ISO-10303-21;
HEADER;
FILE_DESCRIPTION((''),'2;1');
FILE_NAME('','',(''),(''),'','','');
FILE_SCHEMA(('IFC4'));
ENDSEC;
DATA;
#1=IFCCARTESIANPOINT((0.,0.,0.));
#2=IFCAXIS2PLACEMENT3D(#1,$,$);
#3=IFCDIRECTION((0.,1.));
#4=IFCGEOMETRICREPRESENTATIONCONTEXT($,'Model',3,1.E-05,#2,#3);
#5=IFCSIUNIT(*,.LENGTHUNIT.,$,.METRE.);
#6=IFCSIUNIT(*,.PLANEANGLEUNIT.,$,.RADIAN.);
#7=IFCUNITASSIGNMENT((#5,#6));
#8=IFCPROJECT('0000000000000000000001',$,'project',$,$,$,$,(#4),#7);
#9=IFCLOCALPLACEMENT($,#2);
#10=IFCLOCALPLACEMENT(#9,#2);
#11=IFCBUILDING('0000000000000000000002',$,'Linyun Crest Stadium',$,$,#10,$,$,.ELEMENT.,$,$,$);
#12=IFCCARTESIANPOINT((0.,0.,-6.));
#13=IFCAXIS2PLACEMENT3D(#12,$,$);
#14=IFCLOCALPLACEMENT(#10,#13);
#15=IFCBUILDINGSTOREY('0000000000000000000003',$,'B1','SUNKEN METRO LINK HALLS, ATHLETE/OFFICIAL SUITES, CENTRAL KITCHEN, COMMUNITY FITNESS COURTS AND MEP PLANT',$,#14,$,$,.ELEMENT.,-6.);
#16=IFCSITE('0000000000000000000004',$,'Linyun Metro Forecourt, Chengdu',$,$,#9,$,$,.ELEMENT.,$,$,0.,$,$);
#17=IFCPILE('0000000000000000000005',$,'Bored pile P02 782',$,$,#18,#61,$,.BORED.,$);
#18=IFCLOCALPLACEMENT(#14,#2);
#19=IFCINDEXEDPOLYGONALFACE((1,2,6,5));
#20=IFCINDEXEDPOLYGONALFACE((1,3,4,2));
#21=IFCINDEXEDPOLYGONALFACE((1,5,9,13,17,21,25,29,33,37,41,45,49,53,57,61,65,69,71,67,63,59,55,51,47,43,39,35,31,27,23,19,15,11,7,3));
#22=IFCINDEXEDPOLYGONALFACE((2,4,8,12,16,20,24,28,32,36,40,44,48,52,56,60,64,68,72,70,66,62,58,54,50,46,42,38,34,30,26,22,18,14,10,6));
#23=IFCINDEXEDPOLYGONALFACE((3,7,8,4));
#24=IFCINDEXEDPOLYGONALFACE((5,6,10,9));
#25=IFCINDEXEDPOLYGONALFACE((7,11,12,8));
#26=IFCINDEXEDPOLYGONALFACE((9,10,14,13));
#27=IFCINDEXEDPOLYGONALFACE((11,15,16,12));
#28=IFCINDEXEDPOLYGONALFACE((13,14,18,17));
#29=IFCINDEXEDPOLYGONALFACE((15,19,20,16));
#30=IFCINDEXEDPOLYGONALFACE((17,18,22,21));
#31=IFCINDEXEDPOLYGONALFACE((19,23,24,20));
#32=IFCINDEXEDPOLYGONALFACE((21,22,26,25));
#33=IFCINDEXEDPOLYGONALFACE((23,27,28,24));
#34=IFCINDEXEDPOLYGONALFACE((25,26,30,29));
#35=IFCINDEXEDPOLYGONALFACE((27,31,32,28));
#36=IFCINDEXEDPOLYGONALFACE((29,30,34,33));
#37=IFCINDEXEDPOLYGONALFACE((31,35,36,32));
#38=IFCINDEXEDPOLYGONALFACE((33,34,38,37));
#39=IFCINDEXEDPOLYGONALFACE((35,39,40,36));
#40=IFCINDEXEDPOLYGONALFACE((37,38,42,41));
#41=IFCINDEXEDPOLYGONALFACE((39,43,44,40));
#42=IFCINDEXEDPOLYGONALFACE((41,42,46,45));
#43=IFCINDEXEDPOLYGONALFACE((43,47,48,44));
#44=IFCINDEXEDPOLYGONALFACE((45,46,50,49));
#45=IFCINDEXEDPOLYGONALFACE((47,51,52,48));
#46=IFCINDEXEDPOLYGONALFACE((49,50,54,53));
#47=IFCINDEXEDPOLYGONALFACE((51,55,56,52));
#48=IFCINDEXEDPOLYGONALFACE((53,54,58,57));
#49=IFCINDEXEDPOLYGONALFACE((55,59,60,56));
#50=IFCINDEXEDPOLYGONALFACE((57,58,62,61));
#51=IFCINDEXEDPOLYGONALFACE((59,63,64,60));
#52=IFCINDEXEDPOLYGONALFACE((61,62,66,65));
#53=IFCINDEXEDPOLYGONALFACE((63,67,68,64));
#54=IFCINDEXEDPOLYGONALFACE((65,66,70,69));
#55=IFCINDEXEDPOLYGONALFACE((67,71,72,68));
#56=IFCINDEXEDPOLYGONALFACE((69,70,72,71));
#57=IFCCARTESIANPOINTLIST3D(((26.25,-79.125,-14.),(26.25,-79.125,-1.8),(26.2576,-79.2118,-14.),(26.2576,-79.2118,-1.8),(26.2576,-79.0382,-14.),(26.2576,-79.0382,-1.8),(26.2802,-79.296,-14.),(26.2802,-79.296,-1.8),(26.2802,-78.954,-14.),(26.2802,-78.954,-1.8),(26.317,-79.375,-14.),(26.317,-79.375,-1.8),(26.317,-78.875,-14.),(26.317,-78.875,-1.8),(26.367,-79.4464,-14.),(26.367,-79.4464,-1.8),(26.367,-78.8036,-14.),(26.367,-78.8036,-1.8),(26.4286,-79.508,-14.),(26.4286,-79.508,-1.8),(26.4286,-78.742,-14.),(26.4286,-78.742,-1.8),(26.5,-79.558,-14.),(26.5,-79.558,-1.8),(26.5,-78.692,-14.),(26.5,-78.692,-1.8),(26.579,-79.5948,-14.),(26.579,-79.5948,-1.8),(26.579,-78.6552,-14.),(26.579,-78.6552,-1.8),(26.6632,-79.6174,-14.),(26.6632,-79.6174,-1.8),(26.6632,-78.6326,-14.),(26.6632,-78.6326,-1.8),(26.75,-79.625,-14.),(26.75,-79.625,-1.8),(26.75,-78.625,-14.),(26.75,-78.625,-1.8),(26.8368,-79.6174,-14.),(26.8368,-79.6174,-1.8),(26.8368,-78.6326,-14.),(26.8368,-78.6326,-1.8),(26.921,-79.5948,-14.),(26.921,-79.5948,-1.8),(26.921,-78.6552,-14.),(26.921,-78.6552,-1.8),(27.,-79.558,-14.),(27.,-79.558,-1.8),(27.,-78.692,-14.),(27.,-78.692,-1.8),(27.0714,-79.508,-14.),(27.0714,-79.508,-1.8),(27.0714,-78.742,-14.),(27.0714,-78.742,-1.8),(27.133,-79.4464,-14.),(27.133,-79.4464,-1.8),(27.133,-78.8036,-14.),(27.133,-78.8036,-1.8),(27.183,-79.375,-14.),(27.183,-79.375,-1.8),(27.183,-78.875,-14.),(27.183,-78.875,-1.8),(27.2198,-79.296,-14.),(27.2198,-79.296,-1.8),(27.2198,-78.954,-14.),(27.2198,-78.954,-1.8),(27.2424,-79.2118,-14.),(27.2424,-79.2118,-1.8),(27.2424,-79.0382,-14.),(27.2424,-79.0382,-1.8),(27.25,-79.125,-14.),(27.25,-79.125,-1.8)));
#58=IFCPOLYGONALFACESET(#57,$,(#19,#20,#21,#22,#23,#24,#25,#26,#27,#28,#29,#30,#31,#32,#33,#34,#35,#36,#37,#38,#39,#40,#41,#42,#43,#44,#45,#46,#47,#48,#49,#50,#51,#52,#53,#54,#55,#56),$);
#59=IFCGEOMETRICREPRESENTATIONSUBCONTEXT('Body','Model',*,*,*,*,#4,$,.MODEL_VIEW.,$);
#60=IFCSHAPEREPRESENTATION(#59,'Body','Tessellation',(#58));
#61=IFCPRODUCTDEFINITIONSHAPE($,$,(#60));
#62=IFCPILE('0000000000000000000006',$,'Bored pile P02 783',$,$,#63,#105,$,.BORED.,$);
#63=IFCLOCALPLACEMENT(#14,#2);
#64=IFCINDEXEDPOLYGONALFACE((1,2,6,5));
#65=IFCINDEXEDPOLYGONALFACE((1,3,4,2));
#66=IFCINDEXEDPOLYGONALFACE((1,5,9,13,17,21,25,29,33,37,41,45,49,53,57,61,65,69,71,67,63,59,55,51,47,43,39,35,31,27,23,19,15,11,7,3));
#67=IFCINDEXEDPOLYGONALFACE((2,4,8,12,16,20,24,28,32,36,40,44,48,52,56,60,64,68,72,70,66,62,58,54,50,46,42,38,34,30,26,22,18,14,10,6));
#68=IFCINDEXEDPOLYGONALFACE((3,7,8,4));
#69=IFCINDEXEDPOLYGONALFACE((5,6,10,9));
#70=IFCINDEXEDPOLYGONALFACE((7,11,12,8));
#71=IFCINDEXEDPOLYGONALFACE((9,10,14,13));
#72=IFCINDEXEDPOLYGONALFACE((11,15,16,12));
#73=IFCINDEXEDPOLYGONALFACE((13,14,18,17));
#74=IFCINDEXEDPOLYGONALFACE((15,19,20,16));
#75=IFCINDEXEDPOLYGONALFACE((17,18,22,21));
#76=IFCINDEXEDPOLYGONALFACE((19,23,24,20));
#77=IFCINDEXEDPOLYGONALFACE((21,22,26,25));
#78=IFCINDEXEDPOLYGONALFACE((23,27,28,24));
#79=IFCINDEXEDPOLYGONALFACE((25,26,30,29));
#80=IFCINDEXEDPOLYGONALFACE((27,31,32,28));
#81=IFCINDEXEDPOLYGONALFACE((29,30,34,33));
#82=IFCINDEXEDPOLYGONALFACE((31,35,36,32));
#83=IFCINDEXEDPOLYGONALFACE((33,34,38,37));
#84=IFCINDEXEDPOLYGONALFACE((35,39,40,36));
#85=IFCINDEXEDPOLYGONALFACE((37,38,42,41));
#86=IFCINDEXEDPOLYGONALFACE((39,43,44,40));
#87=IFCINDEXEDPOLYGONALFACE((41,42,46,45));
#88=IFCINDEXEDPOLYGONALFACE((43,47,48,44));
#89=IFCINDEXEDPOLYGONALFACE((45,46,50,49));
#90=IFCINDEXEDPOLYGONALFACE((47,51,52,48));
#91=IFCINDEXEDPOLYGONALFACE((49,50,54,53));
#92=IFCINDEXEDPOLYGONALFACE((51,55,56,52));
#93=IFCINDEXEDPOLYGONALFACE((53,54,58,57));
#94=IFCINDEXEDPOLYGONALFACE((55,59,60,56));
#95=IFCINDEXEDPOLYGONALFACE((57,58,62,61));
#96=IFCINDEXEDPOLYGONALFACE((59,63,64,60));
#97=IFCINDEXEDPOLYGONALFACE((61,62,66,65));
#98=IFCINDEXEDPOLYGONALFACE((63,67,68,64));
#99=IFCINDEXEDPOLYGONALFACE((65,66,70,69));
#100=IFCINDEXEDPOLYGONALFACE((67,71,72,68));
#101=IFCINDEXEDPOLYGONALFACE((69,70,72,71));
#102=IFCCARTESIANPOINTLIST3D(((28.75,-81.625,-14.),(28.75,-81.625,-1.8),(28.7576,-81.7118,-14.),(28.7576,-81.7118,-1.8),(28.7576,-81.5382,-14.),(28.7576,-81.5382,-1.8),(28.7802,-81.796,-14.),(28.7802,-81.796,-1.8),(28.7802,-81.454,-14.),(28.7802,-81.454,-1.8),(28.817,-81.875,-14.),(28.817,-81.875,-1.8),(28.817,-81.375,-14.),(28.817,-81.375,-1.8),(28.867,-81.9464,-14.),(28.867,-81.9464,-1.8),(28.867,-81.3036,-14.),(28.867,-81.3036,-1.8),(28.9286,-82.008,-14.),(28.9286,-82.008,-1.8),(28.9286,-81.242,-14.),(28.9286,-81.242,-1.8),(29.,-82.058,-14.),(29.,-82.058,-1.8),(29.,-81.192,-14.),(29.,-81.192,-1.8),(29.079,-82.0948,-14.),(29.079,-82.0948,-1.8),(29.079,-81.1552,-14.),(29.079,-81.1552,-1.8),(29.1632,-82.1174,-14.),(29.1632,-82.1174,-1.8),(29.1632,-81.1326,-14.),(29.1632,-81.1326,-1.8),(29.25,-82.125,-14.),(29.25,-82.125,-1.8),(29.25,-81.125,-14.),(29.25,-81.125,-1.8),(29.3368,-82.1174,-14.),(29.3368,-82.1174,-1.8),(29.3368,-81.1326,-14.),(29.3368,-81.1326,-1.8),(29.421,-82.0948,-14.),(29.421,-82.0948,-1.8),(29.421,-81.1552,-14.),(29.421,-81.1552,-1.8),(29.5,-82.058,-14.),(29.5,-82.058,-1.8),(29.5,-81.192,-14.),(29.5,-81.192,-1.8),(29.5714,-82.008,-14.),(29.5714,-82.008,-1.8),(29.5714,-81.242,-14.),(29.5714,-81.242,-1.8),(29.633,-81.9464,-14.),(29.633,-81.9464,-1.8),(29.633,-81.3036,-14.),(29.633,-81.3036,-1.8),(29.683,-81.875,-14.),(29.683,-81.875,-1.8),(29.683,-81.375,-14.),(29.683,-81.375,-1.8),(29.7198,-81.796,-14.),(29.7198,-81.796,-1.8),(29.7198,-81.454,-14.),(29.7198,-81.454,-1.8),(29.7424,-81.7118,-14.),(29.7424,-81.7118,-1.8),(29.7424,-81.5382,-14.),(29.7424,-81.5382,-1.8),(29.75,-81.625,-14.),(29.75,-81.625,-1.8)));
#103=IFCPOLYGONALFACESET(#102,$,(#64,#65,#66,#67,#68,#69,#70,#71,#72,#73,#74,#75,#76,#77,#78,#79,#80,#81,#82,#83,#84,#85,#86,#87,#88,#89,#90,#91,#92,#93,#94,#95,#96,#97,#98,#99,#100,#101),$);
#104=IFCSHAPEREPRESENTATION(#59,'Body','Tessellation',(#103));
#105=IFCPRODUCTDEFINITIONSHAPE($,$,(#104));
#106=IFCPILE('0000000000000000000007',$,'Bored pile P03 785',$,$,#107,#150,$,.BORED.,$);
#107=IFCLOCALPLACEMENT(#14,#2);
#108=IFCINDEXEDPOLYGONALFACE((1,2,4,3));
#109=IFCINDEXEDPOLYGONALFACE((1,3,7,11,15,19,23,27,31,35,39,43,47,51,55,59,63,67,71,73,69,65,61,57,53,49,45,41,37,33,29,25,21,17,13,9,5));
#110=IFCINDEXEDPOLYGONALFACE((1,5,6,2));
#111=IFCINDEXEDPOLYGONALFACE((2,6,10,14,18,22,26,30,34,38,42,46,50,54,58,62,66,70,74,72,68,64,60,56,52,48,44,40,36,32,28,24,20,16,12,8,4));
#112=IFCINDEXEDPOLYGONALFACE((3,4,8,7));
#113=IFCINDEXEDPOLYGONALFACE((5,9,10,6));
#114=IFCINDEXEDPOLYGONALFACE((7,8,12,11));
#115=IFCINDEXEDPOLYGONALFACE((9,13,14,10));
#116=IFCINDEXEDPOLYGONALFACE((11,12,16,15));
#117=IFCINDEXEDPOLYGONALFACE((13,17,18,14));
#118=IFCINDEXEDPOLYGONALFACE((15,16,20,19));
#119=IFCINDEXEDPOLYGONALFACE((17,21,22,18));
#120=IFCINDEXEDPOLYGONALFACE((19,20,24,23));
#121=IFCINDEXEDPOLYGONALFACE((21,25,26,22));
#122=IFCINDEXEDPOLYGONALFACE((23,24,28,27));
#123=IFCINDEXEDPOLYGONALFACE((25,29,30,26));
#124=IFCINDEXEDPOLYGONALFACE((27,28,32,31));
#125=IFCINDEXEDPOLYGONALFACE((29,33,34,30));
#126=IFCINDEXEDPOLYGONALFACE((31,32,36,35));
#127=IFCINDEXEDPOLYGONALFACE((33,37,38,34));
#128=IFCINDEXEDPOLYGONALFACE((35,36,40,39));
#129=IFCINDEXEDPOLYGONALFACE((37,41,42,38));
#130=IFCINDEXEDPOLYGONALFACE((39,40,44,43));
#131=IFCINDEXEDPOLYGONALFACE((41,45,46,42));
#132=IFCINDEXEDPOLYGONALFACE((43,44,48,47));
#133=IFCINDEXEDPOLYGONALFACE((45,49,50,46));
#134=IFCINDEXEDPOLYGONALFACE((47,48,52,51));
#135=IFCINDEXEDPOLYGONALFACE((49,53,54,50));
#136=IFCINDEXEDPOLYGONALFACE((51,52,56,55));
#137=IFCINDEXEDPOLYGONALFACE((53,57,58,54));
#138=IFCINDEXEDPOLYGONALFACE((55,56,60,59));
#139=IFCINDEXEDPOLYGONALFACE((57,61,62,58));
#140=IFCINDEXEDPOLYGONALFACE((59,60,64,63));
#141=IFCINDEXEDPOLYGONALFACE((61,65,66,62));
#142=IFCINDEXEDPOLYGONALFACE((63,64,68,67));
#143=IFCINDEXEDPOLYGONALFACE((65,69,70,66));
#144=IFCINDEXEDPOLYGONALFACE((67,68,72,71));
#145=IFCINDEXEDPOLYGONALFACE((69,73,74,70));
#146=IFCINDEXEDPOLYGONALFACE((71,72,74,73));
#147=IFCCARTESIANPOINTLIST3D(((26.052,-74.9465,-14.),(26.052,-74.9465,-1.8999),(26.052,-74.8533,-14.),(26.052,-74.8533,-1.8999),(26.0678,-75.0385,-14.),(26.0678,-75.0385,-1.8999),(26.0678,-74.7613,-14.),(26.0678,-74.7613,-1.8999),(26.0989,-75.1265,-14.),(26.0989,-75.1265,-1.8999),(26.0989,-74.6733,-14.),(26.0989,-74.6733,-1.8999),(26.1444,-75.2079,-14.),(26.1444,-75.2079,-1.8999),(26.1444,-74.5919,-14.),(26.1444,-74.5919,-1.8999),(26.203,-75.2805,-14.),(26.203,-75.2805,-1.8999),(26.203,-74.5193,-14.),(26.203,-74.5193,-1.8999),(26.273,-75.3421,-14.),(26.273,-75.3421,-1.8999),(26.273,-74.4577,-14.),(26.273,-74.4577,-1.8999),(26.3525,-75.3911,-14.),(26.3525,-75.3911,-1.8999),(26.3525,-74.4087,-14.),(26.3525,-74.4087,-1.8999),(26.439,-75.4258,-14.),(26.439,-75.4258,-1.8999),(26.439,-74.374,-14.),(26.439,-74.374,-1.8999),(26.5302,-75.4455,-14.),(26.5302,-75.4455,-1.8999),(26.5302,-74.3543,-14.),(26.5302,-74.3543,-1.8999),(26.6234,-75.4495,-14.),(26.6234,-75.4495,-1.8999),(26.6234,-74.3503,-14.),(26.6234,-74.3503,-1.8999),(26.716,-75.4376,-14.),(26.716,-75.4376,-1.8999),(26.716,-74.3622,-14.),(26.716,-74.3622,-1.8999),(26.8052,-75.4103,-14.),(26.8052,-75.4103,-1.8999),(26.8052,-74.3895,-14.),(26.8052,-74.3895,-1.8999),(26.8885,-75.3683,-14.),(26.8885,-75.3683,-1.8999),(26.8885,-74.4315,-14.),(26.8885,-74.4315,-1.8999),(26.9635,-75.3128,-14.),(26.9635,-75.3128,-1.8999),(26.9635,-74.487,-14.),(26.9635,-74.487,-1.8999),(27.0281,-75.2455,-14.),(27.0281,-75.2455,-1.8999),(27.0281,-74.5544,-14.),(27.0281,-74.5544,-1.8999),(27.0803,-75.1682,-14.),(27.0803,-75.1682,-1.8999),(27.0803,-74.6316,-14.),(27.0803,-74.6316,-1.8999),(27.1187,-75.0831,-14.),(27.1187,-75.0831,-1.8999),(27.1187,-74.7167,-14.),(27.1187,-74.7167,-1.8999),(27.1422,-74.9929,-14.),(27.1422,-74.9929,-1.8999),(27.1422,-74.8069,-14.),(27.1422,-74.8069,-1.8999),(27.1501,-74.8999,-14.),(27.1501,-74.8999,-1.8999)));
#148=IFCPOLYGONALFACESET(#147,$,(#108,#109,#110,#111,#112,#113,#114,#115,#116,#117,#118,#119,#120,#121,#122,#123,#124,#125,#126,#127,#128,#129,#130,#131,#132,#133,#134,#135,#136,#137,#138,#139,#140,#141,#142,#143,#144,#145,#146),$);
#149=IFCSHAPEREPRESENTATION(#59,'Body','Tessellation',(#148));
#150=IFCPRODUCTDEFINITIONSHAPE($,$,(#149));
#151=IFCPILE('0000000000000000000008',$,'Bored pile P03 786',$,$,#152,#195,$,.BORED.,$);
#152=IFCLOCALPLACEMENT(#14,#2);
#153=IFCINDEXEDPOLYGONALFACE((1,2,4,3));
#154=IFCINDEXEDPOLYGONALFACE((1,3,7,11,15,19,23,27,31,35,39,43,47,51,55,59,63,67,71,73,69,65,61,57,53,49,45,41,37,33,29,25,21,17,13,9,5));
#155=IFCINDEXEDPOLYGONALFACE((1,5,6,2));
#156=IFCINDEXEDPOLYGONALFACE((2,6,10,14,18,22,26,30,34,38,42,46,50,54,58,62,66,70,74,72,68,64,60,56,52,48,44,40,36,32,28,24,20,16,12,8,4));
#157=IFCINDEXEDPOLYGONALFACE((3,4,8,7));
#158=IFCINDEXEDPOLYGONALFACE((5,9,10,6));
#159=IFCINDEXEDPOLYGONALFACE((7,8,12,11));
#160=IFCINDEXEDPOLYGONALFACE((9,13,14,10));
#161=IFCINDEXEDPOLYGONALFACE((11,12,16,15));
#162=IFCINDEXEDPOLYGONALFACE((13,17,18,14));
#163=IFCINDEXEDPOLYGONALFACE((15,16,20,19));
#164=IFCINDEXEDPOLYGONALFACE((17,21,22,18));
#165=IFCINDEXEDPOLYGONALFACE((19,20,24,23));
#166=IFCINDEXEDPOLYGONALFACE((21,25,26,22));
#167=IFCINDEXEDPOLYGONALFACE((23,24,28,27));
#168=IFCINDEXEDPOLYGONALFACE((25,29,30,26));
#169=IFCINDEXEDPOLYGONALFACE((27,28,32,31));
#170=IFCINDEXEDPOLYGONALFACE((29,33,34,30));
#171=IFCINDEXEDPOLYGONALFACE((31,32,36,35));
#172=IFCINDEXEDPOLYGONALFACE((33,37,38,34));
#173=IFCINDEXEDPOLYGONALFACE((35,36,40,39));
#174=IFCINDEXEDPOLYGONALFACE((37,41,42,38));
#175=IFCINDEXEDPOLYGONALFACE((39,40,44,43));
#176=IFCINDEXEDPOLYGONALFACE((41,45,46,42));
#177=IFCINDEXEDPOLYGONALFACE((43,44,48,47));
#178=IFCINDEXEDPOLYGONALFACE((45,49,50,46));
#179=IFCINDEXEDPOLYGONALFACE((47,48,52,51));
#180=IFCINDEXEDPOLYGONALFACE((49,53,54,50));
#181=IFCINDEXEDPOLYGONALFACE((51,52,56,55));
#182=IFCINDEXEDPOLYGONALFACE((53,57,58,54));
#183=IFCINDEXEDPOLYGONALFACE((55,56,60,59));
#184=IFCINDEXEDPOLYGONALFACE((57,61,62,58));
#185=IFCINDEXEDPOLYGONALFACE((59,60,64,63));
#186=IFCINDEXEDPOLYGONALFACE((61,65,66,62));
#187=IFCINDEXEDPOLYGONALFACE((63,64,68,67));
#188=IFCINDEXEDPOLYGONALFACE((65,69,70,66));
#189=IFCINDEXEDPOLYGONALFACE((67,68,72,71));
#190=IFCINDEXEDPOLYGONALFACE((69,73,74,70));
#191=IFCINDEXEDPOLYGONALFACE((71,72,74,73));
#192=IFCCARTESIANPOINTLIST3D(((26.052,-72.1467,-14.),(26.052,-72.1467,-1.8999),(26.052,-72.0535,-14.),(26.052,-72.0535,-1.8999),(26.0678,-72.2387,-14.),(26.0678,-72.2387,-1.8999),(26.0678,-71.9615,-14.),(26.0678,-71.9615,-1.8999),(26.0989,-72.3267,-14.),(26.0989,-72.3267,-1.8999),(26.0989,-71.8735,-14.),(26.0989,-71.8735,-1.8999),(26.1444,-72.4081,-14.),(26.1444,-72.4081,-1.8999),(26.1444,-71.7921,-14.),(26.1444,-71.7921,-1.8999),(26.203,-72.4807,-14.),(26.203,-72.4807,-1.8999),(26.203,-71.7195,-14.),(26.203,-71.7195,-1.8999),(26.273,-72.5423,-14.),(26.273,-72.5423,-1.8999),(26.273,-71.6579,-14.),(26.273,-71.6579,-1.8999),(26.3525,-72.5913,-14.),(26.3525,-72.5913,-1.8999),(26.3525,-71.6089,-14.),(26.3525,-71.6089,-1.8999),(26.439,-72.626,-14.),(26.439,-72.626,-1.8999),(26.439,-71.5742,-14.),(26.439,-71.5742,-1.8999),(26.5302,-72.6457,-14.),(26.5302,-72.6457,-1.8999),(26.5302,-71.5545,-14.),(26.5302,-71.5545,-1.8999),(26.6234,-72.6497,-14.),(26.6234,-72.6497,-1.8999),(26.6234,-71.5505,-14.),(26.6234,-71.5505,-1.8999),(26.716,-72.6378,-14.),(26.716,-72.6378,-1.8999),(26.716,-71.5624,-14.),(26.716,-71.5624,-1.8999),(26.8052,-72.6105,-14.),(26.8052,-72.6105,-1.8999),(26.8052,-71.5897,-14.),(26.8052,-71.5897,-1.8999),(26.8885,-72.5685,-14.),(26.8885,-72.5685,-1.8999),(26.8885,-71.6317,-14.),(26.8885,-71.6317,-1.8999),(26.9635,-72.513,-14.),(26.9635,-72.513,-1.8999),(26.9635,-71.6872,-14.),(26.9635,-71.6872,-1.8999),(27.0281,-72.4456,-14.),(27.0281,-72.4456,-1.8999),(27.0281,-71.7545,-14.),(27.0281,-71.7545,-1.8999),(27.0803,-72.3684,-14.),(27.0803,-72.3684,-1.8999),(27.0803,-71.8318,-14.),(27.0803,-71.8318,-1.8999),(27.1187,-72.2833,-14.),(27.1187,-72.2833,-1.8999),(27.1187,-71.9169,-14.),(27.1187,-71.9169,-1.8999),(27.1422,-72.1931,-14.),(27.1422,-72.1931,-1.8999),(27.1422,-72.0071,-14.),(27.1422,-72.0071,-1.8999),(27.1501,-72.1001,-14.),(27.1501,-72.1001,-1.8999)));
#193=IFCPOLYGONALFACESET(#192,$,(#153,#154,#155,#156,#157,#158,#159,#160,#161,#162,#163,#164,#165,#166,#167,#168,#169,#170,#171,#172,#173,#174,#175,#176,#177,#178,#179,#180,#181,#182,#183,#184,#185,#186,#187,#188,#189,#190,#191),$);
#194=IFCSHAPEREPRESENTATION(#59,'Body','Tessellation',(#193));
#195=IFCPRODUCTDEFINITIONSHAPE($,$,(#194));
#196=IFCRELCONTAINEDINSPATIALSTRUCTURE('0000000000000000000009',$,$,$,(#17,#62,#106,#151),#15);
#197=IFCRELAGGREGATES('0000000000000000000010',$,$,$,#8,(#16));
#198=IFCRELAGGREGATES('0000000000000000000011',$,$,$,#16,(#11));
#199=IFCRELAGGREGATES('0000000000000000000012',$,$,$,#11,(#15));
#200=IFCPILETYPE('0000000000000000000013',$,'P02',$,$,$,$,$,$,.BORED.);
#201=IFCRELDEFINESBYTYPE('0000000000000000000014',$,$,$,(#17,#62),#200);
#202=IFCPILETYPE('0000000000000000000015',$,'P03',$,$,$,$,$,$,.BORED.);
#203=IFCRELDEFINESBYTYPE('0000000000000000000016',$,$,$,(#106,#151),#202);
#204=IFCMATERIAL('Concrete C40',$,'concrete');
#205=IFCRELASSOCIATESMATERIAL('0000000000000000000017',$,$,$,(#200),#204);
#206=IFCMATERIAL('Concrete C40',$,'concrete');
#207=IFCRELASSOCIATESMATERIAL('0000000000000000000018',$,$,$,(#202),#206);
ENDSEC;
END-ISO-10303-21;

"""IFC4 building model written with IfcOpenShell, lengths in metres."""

from ifc_helpers import new_model, si_unit, direction, frame, origin, origin_2d, place, context, subcontext, project, spatial, circle, extrude, material, material_profile, profile_set, type_object, element, save


model = new_model("IFC4")

# Units and contexts
model_context = context("Model", 3, precision=1e-05, world=origin(), true_north=direction((0.0, 1.0)))
body_context = subcontext(model_context, "Body", "Model", "MODEL_VIEW")
ifc_project = project(units=[si_unit("LENGTHUNIT", "METRE"), si_unit("PLANEANGLEUNIT", "RADIAN")], contexts=[model_context])

# Site, building, storey
site_placement = place(None, origin())
site = spatial("IfcSite", under=ifc_project, at=site_placement, Name="Linyun Metro Forecourt, Chengdu", CompositionType="ELEMENT", RefElevation=0.0)
building_placement = place(site_placement, origin())
building = spatial("IfcBuilding", under=site, at=building_placement, Name="Linyun Crest Stadium", CompositionType="ELEMENT")
storey_placement = place(building_placement, frame((0.0, 0.0, -6.0)))
storey = spatial("IfcBuildingStorey", under=building, at=storey_placement, Name="B1", Description="SUNKEN METRO LINK HALLS, ATHLETE/OFFICIAL SUITES, CENTRAL KITCHEN, COMMUNITY FITNESS COURTS AND MEP PLANT", CompositionType="ELEMENT", Elevation=-6.0)

# Piles
ifc_material_1 = material(Name="Concrete C40", Category="concrete")
ifc_material_profile_1 = material_profile(ifc_material_1, circle(Radius=0.5, at=origin_2d()), Name="BORED PILE 1000")
ifc_profile_set_1 = profile_set([ifc_material_profile_1], Name="Concrete C40")
pile_type_1 = type_object("IfcPileType", Name="P02", PredefinedType="BORED", material=ifc_profile_set_1)
for number, where, z_axis, x_axis, name in (
    (1, (26.75, -79.125, -1.8), (0.0, 0.0, -1.0), (1.0, 0.0, 0.0), "Bored pile P02 782"),
    (2, (29.25, -81.625, -1.8), (0.0, 0.0, -1.0), (1.0, 0.0, 0.0), "Bored pile P02 783"),
):
    element("IfcPile", number, at=place(storey_placement, frame(where, z_axis=z_axis, x_axis=x_axis)), inside=storey, type_object=pile_type_1, Name=name, PredefinedType="BORED", context=body_context, shape_type="SweptSolid", body=[
        extrude(circle(Radius=0.5, at=origin_2d()), origin(), (0.0, 0.0, 1.0), 12.2),
    ])
ifc_material_2 = material(Name="Concrete C40", Category="concrete")
ifc_material_profile_2 = material_profile(ifc_material_2, circle(Radius=0.55, at=origin_2d()), Name="BORED PILE 1100")
ifc_profile_set_2 = profile_set([ifc_material_profile_2], Name="Concrete C40")
pile_type_2 = type_object("IfcPileType", Name="P03", PredefinedType="BORED", material=ifc_profile_set_2)
for number, where, z_axis, x_axis, name in (
    (3, (26.6001, -74.8999, -1.8999), (0.0, 0.0, -1.0), (1.0, 0.0, 0.0), "Bored pile P03 785"),
    (4, (26.6001, -72.1001, -1.8999), (0.0, 0.0, -1.0), (1.0, 0.0, 0.0), "Bored pile P03 786"),
):
    element("IfcPile", number, at=place(storey_placement, frame(where, z_axis=z_axis, x_axis=x_axis)), inside=storey, type_object=pile_type_2, Name=name, PredefinedType="BORED", context=body_context, shape_type="SweptSolid", body=[
        extrude(circle(Radius=0.55, at=origin_2d()), origin(), (0.0, 0.0, 1.0), 12.1001),
    ])

save(model, "model.ifc")
